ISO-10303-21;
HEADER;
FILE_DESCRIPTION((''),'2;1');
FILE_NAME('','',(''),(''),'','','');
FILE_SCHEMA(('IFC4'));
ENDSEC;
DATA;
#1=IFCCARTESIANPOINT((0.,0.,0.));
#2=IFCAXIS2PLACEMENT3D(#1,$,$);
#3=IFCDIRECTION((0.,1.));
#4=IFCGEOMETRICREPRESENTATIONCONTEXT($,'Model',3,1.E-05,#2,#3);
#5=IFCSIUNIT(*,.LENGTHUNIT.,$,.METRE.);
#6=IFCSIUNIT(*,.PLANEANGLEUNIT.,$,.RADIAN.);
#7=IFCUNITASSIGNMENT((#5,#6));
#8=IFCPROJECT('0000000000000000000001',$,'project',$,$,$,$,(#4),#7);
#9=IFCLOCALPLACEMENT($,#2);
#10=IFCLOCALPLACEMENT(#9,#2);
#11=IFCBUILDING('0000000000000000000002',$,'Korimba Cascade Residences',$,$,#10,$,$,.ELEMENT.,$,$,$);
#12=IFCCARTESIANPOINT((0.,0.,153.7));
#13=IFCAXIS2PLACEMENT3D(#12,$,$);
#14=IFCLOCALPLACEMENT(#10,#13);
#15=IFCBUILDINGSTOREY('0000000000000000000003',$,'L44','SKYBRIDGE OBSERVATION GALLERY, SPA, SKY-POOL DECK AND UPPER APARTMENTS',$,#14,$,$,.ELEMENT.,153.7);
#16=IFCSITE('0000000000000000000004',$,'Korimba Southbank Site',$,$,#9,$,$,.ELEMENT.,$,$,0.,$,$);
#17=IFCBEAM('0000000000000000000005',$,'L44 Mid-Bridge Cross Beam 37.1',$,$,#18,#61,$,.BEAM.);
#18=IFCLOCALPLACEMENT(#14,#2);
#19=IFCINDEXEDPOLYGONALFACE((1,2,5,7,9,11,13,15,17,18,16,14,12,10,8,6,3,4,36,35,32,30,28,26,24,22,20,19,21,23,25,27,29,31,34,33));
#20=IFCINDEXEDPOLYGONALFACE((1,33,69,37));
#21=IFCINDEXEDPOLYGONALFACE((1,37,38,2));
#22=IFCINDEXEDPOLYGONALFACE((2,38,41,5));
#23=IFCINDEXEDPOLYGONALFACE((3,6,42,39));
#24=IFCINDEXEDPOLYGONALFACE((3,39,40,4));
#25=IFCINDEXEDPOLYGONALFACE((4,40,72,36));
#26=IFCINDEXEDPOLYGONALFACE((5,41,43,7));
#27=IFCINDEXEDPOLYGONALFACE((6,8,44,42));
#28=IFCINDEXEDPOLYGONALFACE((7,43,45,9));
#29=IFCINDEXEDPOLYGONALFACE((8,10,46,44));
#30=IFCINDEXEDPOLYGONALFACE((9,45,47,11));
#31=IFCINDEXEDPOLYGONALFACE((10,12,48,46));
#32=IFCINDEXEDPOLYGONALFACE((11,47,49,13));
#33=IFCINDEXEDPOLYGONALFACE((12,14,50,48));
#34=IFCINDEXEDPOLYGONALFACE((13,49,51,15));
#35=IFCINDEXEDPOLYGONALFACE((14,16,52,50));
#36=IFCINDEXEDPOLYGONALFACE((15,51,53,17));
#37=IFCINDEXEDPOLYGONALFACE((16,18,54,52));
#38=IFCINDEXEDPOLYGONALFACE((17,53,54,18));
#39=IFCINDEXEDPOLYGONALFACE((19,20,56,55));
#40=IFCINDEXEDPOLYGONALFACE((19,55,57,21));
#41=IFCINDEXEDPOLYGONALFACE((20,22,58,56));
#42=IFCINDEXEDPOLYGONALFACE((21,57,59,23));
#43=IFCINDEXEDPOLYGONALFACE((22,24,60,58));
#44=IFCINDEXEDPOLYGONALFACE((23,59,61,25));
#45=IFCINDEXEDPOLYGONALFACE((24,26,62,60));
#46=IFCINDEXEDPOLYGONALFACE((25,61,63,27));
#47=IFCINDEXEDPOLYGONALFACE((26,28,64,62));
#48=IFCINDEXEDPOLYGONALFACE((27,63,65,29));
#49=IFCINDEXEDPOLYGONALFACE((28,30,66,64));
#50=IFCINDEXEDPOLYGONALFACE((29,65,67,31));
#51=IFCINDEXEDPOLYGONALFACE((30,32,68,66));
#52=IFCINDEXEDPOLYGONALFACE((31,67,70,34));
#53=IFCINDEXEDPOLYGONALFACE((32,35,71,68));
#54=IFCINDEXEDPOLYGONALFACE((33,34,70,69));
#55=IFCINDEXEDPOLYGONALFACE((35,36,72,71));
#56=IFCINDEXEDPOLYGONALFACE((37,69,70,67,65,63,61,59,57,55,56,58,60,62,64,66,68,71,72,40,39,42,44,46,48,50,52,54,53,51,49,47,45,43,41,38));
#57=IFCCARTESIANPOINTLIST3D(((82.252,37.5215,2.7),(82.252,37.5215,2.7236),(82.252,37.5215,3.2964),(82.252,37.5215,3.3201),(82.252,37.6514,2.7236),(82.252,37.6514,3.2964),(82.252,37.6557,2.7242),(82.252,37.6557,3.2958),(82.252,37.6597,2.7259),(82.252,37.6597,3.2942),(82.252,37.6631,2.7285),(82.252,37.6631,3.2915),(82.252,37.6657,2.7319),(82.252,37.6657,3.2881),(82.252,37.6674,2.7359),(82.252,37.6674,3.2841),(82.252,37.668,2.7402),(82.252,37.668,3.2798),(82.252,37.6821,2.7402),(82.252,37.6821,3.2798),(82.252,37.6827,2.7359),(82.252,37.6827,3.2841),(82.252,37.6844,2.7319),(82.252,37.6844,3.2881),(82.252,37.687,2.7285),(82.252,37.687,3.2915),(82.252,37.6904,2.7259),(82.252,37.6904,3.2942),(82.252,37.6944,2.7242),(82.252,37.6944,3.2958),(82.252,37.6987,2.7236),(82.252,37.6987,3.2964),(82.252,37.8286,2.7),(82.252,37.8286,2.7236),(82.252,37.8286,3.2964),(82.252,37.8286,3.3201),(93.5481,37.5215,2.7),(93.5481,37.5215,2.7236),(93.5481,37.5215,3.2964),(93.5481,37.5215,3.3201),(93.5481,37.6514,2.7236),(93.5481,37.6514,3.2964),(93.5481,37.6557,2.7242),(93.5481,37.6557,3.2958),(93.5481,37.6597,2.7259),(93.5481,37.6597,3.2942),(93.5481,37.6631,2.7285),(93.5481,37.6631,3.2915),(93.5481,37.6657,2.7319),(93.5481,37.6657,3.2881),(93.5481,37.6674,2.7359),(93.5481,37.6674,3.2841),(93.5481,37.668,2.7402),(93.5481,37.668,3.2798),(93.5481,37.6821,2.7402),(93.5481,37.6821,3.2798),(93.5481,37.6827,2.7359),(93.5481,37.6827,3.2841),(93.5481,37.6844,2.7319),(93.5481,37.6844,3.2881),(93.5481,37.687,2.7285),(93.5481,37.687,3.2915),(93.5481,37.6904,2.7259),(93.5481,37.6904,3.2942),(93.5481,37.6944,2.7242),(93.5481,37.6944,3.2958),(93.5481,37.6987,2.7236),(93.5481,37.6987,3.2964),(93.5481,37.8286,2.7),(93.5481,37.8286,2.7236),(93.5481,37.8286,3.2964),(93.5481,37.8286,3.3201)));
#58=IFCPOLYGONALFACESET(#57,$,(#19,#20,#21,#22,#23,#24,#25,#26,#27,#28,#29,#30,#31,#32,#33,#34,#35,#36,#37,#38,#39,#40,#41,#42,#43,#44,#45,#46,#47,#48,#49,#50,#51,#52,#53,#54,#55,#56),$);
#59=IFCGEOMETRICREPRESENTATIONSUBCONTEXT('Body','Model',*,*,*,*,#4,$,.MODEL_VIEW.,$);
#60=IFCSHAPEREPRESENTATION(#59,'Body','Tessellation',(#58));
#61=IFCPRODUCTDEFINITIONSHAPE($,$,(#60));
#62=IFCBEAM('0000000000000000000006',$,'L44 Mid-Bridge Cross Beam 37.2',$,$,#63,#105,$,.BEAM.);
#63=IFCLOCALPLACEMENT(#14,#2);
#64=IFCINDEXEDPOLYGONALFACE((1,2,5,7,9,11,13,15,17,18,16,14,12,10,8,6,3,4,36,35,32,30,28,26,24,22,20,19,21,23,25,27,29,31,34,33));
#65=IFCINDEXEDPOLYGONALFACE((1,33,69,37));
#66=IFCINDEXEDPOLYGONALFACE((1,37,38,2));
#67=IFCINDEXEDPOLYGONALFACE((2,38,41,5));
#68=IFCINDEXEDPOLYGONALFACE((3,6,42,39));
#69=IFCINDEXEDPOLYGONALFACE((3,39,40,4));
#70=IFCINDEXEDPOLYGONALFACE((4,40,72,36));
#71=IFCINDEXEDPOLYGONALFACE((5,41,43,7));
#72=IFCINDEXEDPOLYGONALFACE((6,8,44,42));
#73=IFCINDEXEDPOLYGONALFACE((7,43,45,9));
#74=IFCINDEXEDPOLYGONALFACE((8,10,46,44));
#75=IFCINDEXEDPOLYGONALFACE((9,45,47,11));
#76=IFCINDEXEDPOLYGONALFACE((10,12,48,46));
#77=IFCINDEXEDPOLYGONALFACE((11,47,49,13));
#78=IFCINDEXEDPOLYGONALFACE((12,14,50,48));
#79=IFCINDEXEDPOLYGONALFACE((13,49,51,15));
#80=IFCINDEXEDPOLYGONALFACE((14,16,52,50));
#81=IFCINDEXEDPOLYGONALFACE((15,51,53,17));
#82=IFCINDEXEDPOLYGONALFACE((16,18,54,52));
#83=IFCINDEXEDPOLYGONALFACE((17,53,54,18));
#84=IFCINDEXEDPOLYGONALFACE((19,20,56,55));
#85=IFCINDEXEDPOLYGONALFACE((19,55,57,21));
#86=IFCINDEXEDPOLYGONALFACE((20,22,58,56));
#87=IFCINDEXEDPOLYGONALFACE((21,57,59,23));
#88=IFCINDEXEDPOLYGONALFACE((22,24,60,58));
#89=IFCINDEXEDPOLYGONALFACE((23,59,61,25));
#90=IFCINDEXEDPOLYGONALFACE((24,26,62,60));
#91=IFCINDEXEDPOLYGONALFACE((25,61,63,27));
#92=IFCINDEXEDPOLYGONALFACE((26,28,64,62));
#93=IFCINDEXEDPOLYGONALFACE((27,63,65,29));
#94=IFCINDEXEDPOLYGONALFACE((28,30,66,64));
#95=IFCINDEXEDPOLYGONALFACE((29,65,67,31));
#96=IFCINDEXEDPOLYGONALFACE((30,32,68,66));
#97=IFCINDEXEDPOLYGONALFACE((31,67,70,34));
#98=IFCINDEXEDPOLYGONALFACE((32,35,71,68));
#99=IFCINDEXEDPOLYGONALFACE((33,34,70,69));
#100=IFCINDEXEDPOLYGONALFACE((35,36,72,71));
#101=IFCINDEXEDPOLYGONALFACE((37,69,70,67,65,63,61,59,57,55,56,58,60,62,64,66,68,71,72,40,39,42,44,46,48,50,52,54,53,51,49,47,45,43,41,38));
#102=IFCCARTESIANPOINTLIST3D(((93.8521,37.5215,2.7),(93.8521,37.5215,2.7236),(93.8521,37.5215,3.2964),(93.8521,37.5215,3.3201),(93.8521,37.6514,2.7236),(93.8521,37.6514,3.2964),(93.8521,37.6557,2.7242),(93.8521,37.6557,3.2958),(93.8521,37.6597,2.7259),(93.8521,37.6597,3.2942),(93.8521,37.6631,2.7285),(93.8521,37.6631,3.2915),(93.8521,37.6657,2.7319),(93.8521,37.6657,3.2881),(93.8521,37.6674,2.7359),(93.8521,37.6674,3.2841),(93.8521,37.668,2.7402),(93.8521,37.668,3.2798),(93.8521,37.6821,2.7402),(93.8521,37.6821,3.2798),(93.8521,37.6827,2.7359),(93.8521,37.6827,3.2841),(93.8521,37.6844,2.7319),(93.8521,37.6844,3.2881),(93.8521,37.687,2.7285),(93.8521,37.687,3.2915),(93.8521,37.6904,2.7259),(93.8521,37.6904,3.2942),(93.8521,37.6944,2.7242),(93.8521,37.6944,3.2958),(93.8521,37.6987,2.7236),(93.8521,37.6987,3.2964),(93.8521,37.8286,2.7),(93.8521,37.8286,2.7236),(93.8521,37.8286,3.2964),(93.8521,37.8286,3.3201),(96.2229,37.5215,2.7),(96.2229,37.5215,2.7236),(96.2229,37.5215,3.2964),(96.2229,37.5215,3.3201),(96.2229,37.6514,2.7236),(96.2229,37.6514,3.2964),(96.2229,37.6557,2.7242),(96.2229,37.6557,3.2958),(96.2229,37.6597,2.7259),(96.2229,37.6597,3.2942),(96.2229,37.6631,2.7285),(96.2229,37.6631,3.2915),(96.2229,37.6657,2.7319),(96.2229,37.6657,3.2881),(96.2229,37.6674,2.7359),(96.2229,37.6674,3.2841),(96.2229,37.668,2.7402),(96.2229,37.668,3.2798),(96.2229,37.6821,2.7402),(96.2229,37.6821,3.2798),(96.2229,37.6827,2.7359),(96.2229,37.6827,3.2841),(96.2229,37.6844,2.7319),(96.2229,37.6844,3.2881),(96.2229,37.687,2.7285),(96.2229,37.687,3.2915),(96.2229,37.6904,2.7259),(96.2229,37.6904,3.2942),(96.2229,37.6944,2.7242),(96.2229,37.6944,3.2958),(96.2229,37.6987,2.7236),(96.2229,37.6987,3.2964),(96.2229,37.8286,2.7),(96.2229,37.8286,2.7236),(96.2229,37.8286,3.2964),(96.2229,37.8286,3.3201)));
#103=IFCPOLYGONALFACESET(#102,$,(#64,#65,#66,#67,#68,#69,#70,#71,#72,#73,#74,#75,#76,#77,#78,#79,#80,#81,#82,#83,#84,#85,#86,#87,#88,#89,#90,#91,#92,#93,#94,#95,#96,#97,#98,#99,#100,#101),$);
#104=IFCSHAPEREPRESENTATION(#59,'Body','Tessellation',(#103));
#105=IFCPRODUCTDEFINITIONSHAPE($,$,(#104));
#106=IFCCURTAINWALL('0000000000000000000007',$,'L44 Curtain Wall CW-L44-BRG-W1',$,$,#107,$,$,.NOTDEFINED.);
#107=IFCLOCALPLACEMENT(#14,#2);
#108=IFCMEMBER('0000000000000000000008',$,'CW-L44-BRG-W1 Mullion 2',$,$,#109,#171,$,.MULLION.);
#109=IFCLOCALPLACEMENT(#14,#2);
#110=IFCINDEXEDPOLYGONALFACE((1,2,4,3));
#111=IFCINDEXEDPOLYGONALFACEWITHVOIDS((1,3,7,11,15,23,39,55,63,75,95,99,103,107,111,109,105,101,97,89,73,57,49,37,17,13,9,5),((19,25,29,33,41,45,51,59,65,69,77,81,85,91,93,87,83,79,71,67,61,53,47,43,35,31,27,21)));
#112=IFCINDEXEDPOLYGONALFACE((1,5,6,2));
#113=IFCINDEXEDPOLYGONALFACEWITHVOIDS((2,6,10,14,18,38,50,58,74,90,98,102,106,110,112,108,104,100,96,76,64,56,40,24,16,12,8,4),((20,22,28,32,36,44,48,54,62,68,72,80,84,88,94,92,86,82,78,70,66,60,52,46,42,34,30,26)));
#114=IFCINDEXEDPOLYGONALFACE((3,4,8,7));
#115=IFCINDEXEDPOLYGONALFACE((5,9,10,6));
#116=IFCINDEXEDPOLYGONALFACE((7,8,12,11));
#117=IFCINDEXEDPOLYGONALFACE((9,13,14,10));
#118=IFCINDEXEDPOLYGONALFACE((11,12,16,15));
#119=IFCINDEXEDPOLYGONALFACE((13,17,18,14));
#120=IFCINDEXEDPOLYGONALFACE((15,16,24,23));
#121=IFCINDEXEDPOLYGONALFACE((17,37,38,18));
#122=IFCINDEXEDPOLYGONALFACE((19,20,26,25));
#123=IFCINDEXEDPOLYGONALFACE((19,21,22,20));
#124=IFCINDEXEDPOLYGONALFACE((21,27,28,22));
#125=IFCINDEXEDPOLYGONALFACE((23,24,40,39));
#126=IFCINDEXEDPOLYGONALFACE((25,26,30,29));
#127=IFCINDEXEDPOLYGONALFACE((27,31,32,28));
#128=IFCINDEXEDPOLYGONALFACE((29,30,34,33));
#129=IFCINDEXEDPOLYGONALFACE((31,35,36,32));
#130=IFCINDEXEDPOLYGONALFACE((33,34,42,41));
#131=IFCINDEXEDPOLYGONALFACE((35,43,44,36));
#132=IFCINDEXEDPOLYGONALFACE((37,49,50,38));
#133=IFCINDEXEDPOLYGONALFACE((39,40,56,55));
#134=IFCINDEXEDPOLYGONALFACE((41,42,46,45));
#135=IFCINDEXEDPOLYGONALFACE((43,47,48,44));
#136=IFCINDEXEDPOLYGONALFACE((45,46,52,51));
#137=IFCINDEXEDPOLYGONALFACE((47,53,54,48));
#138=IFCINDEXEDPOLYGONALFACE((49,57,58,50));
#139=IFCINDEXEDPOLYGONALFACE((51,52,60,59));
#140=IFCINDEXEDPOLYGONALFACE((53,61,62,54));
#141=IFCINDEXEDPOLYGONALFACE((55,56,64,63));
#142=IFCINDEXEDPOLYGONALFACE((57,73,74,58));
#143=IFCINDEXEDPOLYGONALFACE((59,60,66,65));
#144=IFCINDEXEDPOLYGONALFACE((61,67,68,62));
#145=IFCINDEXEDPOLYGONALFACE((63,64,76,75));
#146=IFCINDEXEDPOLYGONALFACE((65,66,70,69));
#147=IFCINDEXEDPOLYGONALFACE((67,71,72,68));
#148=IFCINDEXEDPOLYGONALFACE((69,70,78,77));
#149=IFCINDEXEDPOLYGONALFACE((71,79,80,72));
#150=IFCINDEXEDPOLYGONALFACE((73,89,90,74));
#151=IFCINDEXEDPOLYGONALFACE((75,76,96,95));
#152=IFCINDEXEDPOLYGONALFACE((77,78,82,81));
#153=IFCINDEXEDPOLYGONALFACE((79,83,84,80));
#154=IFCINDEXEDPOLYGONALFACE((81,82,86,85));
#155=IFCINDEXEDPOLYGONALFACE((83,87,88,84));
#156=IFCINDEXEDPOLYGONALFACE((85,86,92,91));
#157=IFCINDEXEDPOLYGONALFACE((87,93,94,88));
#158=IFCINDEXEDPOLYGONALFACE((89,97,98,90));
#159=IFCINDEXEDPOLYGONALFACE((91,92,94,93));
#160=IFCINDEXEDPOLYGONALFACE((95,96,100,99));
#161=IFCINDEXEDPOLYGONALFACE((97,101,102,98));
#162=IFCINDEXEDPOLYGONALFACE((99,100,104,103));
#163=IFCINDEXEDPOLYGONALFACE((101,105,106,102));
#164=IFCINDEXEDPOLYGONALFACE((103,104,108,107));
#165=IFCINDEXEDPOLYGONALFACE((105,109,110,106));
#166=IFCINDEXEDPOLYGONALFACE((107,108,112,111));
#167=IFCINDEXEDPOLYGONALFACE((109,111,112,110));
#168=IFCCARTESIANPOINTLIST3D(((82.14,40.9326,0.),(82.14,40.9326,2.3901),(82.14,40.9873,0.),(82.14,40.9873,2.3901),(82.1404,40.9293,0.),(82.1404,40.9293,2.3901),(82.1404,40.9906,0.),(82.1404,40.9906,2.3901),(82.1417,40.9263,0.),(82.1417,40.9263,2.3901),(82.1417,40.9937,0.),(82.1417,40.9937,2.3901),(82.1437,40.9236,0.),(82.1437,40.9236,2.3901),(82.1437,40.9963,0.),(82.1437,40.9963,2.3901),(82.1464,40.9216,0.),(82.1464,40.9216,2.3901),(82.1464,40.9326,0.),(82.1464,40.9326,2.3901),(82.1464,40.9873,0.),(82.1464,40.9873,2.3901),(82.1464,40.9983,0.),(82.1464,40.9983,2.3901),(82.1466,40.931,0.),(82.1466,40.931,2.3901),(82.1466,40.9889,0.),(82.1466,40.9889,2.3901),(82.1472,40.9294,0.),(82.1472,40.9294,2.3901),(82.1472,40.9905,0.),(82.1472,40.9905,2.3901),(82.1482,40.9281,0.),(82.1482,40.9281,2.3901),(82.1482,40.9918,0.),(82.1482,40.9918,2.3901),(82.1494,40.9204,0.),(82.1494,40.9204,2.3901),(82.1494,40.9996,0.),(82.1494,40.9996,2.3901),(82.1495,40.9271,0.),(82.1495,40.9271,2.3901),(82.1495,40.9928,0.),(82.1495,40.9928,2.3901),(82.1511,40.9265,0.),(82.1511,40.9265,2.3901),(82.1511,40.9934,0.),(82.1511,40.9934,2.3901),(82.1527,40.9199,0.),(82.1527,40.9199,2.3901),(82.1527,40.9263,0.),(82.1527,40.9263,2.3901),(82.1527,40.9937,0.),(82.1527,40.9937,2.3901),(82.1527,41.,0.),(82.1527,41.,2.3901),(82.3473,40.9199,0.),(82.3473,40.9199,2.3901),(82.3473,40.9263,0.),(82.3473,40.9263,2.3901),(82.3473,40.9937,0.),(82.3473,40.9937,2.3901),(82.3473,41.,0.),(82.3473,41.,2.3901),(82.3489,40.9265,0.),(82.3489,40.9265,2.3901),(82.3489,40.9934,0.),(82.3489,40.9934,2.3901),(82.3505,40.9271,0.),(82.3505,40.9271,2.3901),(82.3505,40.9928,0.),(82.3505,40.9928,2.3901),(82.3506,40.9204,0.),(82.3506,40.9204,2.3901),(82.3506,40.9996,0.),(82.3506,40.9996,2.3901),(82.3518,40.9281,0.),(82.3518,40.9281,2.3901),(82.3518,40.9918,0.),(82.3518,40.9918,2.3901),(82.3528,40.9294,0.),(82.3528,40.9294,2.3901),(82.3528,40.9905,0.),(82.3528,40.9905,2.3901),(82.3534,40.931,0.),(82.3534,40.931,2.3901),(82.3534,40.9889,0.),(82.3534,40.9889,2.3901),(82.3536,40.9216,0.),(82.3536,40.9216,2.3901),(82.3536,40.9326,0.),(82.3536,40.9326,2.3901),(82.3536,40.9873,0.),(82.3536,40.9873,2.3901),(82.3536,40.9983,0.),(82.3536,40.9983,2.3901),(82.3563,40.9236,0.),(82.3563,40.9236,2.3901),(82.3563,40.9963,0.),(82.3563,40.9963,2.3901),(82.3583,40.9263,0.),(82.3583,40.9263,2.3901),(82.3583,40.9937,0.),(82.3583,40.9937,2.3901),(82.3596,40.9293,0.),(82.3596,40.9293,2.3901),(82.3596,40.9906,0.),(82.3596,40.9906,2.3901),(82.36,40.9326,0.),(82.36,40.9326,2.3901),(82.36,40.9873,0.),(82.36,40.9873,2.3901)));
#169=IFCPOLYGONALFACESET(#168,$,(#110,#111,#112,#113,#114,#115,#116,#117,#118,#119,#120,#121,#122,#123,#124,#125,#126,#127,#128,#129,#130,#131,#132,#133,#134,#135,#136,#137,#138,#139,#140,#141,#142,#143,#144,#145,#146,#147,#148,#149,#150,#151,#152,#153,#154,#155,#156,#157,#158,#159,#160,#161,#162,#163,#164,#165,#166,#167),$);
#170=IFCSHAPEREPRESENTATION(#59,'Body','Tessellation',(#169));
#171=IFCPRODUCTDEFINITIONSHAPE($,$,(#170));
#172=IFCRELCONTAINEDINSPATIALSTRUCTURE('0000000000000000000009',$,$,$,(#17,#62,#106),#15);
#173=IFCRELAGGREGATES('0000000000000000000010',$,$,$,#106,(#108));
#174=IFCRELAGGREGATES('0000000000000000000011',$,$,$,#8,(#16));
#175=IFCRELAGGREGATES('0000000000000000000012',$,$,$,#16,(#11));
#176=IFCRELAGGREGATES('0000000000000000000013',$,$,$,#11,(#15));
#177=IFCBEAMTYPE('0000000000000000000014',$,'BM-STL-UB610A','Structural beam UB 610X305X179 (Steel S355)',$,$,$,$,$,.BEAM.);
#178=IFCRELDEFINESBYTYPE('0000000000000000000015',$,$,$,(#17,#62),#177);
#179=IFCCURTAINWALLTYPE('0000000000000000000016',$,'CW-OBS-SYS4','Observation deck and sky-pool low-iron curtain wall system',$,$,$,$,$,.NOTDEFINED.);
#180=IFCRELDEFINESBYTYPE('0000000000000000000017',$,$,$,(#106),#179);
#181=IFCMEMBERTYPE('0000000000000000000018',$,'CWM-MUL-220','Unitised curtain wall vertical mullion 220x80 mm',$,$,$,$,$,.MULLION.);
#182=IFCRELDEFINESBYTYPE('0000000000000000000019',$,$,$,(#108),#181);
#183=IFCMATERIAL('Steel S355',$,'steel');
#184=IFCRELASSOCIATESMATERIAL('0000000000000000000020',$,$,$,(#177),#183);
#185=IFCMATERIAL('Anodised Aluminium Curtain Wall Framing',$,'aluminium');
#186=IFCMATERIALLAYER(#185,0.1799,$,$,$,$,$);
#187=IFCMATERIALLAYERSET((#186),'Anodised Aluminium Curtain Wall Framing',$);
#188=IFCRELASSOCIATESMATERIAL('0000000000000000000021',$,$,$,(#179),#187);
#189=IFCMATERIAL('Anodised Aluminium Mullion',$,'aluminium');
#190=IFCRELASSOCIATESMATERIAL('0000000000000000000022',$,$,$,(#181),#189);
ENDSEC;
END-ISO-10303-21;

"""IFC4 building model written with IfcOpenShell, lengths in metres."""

from ifc_helpers import new_model, si_unit, direction, frame, origin, origin_2d, place, context, subcontext, project, spatial, hollow_rectangle, i_section, extrude, material, layer, layer_set, material_profile, profile_set, type_object, element, aggregate, save


model = new_model("IFC4")

# Units and contexts
model_context = context("Model", 3, precision=1e-05, world=origin(), true_north=direction((0.0, 1.0)))
body_context = subcontext(model_context, "Body", "Model", "MODEL_VIEW")
ifc_project = project(units=[si_unit("LENGTHUNIT", "METRE"), si_unit("PLANEANGLEUNIT", "RADIAN")], contexts=[model_context])

# Site, building, storey
site_placement = place(None, origin())
site = spatial("IfcSite", under=ifc_project, at=site_placement, Name="Korimba Southbank Site", CompositionType="ELEMENT", RefElevation=0.0)
building_placement = place(site_placement, origin())
building = spatial("IfcBuilding", under=site, at=building_placement, Name="Korimba Cascade Residences", CompositionType="ELEMENT")
storey_placement = place(building_placement, frame((0.0, 0.0, 153.7)))
storey = spatial("IfcBuildingStorey", under=building, at=storey_placement, Name="L44", Description="SKYBRIDGE OBSERVATION GALLERY, SPA, SKY-POOL DECK AND UPPER APARTMENTS", CompositionType="ELEMENT", Elevation=153.7)

# Beams
ifc_material_1 = material(Name="Steel S355", Category="steel")
ifc_material_profile_1 = material_profile(ifc_material_1, i_section(OverallWidth=0.3071, OverallDepth=0.6201, WebThickness=0.0142, FlangeThickness=0.0237, FilletRadius=0.0166, at=origin_2d()), Name="Steel S355")
ifc_profile_set_1 = profile_set([ifc_material_profile_1], Name="Steel S355")
beam_type = type_object("IfcBeamType", Name="BM-STL-UB610A", Description="Structural beam UB 610X305X179 (Steel S355)", PredefinedType="BEAM", material=ifc_profile_set_1)
beam_1_placement = place(storey_placement, frame((82.252, 37.675, 3.01), z_axis=(1.0, 0.0, 0.0), x_axis=(0.0, 1.0, 0.0)))
element("IfcBeam", 1, at=beam_1_placement, inside=storey, type_object=beam_type, Name="L44 Mid-Bridge Cross Beam 37.1", PredefinedType="BEAM", context=body_context, shape_type="SweptSolid", body=[
    extrude(i_section(OverallWidth=0.3071, OverallDepth=0.6201, WebThickness=0.0142, FlangeThickness=0.0237, FilletRadius=0.0166, at=origin_2d()), origin(), (0.0, 0.0, 1.0), 11.2961),
])
beam_2_placement = place(storey_placement, frame((93.8521, 37.675, 3.01), z_axis=(1.0, 0.0, 0.0), x_axis=(0.0, 1.0, 0.0)))
element("IfcBeam", 2, at=beam_2_placement, inside=storey, type_object=beam_type, Name="L44 Mid-Bridge Cross Beam 37.2", PredefinedType="BEAM", context=body_context, shape_type="SweptSolid", body=[
    extrude(i_section(OverallWidth=0.3071, OverallDepth=0.6201, WebThickness=0.0142, FlangeThickness=0.0237, FilletRadius=0.0166, at=origin_2d()), origin(), (0.0, 0.0, 1.0), 2.3708),
])

# Curtain wall, member
ifc_material_2 = material(Name="Anodised Aluminium Curtain Wall Framing", Category="aluminium")
ifc_layer_1 = layer(ifc_material_2, 0.1799)
ifc_layer_set_1 = layer_set([ifc_layer_1], Name="Anodised Aluminium Curtain Wall Framing")
curtain_wall_type = type_object("IfcCurtainWallType", Name="CW-OBS-SYS4", Description="Observation deck and sky-pool low-iron curtain wall system", PredefinedType="NOTDEFINED", material=ifc_layer_set_1)
curtain_wall_1_placement = place(storey_placement, origin())
curtain_wall_1 = element("IfcCurtainWall", 3, at=curtain_wall_1_placement, inside=storey, type_object=curtain_wall_type, Name="L44 Curtain Wall CW-L44-BRG-W1", PredefinedType="NOTDEFINED")
ifc_material_3 = material(Name="Anodised Aluminium Mullion", Category="aluminium")
ifc_material_profile_2 = material_profile(ifc_material_3, hollow_rectangle(XDim=0.0801, YDim=0.22, WallThickness=0.0063, InnerFilletRadius=0.0063, OuterFilletRadius=0.0127, at=origin_2d()), Name="Anodised Aluminium Mullion")
ifc_profile_set_2 = profile_set([ifc_material_profile_2], Name="Anodised Aluminium Mullion")
member_type_1 = type_object("IfcMemberType", Name="CWM-MUL-220", Description="Unitised curtain wall vertical mullion 220x80 mm", PredefinedType="MULLION", material=ifc_profile_set_2)
member_1_placement = place(storey_placement, frame((82.25, 40.96, 0.0), z_axis=(0.0, 0.0, 1.0), x_axis=(0.0, 1.0, 0.0)))
member_1 = element("IfcMember", 4, at=member_1_placement, type_object=member_type_1, Name="CW-L44-BRG-W1 Mullion 2", PredefinedType="MULLION", context=body_context, shape_type="SweptSolid", body=[
    extrude(hollow_rectangle(XDim=0.0801, YDim=0.22, WallThickness=0.0063, InnerFilletRadius=0.0063, OuterFilletRadius=0.0127, at=origin_2d()), origin(), (0.0, 0.0, 1.0), 2.3901),
])

aggregate(curtain_wall_1, [member_1])

save(model, "model.ifc")
